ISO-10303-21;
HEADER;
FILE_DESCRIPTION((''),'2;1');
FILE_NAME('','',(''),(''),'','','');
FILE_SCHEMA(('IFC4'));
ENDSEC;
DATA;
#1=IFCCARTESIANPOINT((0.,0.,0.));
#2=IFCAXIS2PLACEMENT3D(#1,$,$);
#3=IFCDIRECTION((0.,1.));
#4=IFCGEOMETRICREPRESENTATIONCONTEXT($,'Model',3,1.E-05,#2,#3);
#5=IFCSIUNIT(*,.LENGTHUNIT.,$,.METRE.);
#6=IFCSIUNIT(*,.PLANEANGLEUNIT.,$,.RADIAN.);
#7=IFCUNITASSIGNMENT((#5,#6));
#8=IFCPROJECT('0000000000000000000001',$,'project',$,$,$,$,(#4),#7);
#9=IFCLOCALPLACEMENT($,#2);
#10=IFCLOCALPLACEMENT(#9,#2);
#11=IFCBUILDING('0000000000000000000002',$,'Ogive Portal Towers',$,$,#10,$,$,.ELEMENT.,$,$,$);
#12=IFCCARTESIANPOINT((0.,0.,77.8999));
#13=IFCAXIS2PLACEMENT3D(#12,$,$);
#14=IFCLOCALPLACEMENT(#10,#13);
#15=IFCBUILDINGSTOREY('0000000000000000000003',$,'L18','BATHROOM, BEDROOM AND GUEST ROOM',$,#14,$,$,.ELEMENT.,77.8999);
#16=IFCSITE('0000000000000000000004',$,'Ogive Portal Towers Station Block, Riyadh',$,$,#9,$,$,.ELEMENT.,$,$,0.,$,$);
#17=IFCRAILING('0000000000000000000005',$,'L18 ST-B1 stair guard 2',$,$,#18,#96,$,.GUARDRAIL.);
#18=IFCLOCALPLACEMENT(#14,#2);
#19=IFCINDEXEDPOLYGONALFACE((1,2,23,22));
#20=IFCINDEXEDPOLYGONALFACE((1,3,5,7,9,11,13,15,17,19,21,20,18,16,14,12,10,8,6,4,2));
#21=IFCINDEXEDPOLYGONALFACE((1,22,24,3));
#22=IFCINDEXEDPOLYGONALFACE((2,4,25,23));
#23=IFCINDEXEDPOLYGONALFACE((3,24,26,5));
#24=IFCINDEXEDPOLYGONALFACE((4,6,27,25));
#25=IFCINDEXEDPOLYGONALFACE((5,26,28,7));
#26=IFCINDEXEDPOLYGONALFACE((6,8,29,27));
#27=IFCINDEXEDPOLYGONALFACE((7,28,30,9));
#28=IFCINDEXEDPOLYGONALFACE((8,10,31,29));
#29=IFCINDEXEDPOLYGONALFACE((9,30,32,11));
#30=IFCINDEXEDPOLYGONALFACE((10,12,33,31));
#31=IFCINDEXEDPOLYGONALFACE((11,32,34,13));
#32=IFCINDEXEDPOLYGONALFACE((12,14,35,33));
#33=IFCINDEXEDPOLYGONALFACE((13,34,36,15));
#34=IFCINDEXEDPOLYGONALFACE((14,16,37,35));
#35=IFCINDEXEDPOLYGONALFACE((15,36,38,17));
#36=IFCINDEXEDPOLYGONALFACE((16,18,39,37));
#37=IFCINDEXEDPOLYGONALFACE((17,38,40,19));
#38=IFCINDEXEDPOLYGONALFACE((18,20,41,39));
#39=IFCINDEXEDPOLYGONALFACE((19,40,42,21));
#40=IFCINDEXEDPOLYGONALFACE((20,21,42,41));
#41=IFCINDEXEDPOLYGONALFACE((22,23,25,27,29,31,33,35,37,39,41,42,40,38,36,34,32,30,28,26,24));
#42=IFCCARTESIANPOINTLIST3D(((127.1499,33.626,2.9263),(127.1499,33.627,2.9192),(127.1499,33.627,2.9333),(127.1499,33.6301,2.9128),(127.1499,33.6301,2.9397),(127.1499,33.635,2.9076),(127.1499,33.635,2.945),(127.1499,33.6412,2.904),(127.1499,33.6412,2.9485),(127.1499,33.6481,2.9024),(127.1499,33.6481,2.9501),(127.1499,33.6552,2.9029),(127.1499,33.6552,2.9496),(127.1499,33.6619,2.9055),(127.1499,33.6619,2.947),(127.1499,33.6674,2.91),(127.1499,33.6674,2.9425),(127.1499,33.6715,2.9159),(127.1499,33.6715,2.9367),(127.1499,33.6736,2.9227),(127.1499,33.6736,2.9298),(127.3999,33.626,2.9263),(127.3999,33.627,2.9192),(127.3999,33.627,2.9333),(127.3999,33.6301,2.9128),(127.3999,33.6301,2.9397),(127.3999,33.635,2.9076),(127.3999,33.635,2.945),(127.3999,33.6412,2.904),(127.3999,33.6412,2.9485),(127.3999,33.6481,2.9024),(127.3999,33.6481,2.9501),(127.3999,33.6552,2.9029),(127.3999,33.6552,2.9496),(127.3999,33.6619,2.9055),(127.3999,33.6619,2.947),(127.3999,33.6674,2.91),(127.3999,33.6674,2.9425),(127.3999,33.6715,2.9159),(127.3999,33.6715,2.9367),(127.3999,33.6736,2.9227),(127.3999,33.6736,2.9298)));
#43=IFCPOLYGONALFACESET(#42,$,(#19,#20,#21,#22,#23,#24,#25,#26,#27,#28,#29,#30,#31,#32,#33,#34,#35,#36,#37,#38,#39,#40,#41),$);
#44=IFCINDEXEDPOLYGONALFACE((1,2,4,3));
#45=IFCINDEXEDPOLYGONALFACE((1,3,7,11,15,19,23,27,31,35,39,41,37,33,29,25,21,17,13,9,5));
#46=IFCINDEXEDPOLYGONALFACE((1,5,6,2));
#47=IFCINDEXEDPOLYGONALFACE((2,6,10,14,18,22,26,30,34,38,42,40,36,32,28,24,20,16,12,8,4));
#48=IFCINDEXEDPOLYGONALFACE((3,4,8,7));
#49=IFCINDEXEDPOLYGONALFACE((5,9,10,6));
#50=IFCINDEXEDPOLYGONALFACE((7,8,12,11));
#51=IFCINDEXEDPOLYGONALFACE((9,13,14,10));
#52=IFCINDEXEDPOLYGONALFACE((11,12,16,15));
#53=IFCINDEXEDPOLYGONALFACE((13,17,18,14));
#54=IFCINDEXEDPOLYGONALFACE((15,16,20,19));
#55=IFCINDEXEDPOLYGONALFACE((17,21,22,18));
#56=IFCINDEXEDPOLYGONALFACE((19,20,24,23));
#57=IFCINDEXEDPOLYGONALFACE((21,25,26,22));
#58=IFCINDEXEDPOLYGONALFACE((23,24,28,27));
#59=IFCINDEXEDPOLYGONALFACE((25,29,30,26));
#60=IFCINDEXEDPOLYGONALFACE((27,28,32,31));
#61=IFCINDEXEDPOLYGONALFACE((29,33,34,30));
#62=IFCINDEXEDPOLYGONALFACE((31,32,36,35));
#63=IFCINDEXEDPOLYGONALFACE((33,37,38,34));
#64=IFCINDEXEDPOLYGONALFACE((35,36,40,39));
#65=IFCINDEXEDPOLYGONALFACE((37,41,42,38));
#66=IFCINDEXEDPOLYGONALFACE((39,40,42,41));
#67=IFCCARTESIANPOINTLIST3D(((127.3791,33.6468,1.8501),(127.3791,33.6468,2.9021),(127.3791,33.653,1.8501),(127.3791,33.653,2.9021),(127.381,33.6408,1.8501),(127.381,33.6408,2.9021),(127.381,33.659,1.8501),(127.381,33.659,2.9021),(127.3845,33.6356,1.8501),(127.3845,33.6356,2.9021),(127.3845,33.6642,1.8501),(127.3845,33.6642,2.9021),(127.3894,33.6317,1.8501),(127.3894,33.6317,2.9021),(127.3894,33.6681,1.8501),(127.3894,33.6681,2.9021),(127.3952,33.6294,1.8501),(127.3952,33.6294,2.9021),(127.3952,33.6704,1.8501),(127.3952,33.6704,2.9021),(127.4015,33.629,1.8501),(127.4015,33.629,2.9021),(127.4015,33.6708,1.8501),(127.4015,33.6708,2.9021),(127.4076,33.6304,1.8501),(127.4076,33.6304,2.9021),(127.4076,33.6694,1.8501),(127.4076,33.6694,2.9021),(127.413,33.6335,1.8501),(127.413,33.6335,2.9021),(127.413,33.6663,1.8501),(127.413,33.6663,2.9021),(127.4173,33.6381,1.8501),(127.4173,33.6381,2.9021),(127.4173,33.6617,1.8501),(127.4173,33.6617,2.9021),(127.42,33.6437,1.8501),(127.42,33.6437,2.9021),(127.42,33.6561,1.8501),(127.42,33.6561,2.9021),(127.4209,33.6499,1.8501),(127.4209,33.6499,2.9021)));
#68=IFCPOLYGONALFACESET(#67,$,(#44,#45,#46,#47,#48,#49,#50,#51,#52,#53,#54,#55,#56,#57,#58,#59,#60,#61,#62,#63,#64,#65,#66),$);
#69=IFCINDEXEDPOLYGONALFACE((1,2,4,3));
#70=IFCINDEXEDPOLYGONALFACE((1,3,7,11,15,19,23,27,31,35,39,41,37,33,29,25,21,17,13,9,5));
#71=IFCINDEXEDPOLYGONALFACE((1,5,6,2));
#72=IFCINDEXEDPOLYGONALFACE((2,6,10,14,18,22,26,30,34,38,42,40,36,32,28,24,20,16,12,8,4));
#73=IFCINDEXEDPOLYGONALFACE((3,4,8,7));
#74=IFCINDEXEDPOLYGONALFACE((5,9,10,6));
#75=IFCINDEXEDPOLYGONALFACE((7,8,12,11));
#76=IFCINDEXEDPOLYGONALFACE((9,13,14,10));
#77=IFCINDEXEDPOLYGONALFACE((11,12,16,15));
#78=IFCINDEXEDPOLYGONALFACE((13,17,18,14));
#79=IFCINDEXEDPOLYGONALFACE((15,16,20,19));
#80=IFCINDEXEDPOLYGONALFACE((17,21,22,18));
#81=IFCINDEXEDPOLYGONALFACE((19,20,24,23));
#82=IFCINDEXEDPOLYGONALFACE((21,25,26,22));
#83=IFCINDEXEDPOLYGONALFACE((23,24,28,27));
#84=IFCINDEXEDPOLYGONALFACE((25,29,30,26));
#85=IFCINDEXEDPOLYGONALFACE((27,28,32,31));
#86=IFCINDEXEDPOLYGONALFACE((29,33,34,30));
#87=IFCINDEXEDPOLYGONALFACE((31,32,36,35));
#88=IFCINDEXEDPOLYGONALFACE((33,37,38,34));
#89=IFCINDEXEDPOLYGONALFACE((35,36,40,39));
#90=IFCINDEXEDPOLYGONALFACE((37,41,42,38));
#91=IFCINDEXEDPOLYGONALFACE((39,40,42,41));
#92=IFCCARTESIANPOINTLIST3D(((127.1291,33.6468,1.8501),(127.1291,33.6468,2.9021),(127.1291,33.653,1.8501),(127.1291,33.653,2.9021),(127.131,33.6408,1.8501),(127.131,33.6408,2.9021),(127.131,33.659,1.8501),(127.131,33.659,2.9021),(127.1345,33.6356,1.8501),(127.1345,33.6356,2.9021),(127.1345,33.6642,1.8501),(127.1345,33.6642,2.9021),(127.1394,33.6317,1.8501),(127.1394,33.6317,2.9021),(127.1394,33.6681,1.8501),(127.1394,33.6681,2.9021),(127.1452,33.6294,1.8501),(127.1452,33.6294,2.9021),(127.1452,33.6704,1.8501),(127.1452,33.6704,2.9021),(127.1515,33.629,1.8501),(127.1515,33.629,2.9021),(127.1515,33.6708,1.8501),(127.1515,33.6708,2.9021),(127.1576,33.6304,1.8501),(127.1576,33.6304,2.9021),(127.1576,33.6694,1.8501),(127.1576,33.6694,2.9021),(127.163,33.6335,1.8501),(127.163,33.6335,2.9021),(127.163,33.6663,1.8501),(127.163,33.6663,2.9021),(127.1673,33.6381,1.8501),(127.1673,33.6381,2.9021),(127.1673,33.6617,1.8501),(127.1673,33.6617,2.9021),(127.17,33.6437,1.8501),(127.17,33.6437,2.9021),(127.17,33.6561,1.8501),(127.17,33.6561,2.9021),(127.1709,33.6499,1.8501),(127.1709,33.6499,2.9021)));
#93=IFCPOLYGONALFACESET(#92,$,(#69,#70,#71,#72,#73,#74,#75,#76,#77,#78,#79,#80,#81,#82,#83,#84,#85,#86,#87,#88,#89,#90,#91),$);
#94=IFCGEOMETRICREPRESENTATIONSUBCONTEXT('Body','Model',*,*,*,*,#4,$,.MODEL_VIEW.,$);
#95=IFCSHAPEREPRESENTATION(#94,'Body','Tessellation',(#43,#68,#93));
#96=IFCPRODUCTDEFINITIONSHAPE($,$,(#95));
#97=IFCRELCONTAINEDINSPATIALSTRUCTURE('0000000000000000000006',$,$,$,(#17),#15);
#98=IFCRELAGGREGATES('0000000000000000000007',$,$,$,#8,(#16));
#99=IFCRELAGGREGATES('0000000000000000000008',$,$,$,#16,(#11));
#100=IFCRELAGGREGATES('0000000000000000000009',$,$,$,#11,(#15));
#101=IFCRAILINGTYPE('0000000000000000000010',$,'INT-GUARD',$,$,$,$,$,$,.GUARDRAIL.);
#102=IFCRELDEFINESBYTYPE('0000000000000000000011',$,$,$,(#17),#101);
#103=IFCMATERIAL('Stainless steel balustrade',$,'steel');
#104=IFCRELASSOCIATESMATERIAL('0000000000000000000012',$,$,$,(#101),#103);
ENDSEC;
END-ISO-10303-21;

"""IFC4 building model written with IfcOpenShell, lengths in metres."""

from ifc_helpers import new_model, si_unit, direction, frame, origin, origin_2d, place, context, subcontext, project, spatial, circle, extrude, material, type_object, element, save


model = new_model("IFC4")

# Units and contexts
model_context = context("Model", 3, precision=1e-05, world=origin(), true_north=direction((0.0, 1.0)))
body_context = subcontext(model_context, "Body", "Model", "MODEL_VIEW")
ifc_project = project(units=[si_unit("LENGTHUNIT", "METRE"), si_unit("PLANEANGLEUNIT", "RADIAN")], contexts=[model_context])

# Site, building, storey
site_placement = place(None, origin())
site = spatial("IfcSite", under=ifc_project, at=site_placement, Name="Ogive Portal Towers Station Block, Riyadh", CompositionType="ELEMENT", RefElevation=0.0)
building_placement = place(site_placement, origin())
building = spatial("IfcBuilding", under=site, at=building_placement, Name="Ogive Portal Towers", CompositionType="ELEMENT")
storey_placement = place(building_placement, frame((0.0, 0.0, 77.8999)))
storey = spatial("IfcBuildingStorey", under=building, at=storey_placement, Name="L18", Description="BATHROOM, BEDROOM AND GUEST ROOM", CompositionType="ELEMENT", Elevation=77.8999)

# Railing
ifc_material_1 = material(Name="Stainless steel balustrade", Category="steel")
railing_type_1 = type_object("IfcRailingType", Name="INT-GUARD", PredefinedType="GUARDRAIL", material=ifc_material_1)
railing_1_placement = place(storey_placement, frame((127.3999, 33.6499, 1.8501)))
element("IfcRailing", 1, at=railing_1_placement, inside=storey, type_object=railing_type_1, Name="L18 ST-B1 stair guard 2", PredefinedType="GUARDRAIL", context=body_context, shape_type="SweptSolid", body=[
    extrude(circle(Radius=0.0239, at=origin_2d()), frame((0.0, 0.0, 1.0762), z_axis=(-1.0, 0.0, 0.0), x_axis=(0.0, -1.0, 0.0)), (0.0, 0.0, 1.0), 0.25),
    extrude(circle(Radius=0.021, at=origin_2d()), origin(), (0.0, 0.0, 1.0), 1.052),
    extrude(circle(Radius=0.021, at=origin_2d()), frame((-0.25, 0.0, 0.0)), (0.0, 0.0, 1.0), 1.052),
])

save(model, "model.ifc")
